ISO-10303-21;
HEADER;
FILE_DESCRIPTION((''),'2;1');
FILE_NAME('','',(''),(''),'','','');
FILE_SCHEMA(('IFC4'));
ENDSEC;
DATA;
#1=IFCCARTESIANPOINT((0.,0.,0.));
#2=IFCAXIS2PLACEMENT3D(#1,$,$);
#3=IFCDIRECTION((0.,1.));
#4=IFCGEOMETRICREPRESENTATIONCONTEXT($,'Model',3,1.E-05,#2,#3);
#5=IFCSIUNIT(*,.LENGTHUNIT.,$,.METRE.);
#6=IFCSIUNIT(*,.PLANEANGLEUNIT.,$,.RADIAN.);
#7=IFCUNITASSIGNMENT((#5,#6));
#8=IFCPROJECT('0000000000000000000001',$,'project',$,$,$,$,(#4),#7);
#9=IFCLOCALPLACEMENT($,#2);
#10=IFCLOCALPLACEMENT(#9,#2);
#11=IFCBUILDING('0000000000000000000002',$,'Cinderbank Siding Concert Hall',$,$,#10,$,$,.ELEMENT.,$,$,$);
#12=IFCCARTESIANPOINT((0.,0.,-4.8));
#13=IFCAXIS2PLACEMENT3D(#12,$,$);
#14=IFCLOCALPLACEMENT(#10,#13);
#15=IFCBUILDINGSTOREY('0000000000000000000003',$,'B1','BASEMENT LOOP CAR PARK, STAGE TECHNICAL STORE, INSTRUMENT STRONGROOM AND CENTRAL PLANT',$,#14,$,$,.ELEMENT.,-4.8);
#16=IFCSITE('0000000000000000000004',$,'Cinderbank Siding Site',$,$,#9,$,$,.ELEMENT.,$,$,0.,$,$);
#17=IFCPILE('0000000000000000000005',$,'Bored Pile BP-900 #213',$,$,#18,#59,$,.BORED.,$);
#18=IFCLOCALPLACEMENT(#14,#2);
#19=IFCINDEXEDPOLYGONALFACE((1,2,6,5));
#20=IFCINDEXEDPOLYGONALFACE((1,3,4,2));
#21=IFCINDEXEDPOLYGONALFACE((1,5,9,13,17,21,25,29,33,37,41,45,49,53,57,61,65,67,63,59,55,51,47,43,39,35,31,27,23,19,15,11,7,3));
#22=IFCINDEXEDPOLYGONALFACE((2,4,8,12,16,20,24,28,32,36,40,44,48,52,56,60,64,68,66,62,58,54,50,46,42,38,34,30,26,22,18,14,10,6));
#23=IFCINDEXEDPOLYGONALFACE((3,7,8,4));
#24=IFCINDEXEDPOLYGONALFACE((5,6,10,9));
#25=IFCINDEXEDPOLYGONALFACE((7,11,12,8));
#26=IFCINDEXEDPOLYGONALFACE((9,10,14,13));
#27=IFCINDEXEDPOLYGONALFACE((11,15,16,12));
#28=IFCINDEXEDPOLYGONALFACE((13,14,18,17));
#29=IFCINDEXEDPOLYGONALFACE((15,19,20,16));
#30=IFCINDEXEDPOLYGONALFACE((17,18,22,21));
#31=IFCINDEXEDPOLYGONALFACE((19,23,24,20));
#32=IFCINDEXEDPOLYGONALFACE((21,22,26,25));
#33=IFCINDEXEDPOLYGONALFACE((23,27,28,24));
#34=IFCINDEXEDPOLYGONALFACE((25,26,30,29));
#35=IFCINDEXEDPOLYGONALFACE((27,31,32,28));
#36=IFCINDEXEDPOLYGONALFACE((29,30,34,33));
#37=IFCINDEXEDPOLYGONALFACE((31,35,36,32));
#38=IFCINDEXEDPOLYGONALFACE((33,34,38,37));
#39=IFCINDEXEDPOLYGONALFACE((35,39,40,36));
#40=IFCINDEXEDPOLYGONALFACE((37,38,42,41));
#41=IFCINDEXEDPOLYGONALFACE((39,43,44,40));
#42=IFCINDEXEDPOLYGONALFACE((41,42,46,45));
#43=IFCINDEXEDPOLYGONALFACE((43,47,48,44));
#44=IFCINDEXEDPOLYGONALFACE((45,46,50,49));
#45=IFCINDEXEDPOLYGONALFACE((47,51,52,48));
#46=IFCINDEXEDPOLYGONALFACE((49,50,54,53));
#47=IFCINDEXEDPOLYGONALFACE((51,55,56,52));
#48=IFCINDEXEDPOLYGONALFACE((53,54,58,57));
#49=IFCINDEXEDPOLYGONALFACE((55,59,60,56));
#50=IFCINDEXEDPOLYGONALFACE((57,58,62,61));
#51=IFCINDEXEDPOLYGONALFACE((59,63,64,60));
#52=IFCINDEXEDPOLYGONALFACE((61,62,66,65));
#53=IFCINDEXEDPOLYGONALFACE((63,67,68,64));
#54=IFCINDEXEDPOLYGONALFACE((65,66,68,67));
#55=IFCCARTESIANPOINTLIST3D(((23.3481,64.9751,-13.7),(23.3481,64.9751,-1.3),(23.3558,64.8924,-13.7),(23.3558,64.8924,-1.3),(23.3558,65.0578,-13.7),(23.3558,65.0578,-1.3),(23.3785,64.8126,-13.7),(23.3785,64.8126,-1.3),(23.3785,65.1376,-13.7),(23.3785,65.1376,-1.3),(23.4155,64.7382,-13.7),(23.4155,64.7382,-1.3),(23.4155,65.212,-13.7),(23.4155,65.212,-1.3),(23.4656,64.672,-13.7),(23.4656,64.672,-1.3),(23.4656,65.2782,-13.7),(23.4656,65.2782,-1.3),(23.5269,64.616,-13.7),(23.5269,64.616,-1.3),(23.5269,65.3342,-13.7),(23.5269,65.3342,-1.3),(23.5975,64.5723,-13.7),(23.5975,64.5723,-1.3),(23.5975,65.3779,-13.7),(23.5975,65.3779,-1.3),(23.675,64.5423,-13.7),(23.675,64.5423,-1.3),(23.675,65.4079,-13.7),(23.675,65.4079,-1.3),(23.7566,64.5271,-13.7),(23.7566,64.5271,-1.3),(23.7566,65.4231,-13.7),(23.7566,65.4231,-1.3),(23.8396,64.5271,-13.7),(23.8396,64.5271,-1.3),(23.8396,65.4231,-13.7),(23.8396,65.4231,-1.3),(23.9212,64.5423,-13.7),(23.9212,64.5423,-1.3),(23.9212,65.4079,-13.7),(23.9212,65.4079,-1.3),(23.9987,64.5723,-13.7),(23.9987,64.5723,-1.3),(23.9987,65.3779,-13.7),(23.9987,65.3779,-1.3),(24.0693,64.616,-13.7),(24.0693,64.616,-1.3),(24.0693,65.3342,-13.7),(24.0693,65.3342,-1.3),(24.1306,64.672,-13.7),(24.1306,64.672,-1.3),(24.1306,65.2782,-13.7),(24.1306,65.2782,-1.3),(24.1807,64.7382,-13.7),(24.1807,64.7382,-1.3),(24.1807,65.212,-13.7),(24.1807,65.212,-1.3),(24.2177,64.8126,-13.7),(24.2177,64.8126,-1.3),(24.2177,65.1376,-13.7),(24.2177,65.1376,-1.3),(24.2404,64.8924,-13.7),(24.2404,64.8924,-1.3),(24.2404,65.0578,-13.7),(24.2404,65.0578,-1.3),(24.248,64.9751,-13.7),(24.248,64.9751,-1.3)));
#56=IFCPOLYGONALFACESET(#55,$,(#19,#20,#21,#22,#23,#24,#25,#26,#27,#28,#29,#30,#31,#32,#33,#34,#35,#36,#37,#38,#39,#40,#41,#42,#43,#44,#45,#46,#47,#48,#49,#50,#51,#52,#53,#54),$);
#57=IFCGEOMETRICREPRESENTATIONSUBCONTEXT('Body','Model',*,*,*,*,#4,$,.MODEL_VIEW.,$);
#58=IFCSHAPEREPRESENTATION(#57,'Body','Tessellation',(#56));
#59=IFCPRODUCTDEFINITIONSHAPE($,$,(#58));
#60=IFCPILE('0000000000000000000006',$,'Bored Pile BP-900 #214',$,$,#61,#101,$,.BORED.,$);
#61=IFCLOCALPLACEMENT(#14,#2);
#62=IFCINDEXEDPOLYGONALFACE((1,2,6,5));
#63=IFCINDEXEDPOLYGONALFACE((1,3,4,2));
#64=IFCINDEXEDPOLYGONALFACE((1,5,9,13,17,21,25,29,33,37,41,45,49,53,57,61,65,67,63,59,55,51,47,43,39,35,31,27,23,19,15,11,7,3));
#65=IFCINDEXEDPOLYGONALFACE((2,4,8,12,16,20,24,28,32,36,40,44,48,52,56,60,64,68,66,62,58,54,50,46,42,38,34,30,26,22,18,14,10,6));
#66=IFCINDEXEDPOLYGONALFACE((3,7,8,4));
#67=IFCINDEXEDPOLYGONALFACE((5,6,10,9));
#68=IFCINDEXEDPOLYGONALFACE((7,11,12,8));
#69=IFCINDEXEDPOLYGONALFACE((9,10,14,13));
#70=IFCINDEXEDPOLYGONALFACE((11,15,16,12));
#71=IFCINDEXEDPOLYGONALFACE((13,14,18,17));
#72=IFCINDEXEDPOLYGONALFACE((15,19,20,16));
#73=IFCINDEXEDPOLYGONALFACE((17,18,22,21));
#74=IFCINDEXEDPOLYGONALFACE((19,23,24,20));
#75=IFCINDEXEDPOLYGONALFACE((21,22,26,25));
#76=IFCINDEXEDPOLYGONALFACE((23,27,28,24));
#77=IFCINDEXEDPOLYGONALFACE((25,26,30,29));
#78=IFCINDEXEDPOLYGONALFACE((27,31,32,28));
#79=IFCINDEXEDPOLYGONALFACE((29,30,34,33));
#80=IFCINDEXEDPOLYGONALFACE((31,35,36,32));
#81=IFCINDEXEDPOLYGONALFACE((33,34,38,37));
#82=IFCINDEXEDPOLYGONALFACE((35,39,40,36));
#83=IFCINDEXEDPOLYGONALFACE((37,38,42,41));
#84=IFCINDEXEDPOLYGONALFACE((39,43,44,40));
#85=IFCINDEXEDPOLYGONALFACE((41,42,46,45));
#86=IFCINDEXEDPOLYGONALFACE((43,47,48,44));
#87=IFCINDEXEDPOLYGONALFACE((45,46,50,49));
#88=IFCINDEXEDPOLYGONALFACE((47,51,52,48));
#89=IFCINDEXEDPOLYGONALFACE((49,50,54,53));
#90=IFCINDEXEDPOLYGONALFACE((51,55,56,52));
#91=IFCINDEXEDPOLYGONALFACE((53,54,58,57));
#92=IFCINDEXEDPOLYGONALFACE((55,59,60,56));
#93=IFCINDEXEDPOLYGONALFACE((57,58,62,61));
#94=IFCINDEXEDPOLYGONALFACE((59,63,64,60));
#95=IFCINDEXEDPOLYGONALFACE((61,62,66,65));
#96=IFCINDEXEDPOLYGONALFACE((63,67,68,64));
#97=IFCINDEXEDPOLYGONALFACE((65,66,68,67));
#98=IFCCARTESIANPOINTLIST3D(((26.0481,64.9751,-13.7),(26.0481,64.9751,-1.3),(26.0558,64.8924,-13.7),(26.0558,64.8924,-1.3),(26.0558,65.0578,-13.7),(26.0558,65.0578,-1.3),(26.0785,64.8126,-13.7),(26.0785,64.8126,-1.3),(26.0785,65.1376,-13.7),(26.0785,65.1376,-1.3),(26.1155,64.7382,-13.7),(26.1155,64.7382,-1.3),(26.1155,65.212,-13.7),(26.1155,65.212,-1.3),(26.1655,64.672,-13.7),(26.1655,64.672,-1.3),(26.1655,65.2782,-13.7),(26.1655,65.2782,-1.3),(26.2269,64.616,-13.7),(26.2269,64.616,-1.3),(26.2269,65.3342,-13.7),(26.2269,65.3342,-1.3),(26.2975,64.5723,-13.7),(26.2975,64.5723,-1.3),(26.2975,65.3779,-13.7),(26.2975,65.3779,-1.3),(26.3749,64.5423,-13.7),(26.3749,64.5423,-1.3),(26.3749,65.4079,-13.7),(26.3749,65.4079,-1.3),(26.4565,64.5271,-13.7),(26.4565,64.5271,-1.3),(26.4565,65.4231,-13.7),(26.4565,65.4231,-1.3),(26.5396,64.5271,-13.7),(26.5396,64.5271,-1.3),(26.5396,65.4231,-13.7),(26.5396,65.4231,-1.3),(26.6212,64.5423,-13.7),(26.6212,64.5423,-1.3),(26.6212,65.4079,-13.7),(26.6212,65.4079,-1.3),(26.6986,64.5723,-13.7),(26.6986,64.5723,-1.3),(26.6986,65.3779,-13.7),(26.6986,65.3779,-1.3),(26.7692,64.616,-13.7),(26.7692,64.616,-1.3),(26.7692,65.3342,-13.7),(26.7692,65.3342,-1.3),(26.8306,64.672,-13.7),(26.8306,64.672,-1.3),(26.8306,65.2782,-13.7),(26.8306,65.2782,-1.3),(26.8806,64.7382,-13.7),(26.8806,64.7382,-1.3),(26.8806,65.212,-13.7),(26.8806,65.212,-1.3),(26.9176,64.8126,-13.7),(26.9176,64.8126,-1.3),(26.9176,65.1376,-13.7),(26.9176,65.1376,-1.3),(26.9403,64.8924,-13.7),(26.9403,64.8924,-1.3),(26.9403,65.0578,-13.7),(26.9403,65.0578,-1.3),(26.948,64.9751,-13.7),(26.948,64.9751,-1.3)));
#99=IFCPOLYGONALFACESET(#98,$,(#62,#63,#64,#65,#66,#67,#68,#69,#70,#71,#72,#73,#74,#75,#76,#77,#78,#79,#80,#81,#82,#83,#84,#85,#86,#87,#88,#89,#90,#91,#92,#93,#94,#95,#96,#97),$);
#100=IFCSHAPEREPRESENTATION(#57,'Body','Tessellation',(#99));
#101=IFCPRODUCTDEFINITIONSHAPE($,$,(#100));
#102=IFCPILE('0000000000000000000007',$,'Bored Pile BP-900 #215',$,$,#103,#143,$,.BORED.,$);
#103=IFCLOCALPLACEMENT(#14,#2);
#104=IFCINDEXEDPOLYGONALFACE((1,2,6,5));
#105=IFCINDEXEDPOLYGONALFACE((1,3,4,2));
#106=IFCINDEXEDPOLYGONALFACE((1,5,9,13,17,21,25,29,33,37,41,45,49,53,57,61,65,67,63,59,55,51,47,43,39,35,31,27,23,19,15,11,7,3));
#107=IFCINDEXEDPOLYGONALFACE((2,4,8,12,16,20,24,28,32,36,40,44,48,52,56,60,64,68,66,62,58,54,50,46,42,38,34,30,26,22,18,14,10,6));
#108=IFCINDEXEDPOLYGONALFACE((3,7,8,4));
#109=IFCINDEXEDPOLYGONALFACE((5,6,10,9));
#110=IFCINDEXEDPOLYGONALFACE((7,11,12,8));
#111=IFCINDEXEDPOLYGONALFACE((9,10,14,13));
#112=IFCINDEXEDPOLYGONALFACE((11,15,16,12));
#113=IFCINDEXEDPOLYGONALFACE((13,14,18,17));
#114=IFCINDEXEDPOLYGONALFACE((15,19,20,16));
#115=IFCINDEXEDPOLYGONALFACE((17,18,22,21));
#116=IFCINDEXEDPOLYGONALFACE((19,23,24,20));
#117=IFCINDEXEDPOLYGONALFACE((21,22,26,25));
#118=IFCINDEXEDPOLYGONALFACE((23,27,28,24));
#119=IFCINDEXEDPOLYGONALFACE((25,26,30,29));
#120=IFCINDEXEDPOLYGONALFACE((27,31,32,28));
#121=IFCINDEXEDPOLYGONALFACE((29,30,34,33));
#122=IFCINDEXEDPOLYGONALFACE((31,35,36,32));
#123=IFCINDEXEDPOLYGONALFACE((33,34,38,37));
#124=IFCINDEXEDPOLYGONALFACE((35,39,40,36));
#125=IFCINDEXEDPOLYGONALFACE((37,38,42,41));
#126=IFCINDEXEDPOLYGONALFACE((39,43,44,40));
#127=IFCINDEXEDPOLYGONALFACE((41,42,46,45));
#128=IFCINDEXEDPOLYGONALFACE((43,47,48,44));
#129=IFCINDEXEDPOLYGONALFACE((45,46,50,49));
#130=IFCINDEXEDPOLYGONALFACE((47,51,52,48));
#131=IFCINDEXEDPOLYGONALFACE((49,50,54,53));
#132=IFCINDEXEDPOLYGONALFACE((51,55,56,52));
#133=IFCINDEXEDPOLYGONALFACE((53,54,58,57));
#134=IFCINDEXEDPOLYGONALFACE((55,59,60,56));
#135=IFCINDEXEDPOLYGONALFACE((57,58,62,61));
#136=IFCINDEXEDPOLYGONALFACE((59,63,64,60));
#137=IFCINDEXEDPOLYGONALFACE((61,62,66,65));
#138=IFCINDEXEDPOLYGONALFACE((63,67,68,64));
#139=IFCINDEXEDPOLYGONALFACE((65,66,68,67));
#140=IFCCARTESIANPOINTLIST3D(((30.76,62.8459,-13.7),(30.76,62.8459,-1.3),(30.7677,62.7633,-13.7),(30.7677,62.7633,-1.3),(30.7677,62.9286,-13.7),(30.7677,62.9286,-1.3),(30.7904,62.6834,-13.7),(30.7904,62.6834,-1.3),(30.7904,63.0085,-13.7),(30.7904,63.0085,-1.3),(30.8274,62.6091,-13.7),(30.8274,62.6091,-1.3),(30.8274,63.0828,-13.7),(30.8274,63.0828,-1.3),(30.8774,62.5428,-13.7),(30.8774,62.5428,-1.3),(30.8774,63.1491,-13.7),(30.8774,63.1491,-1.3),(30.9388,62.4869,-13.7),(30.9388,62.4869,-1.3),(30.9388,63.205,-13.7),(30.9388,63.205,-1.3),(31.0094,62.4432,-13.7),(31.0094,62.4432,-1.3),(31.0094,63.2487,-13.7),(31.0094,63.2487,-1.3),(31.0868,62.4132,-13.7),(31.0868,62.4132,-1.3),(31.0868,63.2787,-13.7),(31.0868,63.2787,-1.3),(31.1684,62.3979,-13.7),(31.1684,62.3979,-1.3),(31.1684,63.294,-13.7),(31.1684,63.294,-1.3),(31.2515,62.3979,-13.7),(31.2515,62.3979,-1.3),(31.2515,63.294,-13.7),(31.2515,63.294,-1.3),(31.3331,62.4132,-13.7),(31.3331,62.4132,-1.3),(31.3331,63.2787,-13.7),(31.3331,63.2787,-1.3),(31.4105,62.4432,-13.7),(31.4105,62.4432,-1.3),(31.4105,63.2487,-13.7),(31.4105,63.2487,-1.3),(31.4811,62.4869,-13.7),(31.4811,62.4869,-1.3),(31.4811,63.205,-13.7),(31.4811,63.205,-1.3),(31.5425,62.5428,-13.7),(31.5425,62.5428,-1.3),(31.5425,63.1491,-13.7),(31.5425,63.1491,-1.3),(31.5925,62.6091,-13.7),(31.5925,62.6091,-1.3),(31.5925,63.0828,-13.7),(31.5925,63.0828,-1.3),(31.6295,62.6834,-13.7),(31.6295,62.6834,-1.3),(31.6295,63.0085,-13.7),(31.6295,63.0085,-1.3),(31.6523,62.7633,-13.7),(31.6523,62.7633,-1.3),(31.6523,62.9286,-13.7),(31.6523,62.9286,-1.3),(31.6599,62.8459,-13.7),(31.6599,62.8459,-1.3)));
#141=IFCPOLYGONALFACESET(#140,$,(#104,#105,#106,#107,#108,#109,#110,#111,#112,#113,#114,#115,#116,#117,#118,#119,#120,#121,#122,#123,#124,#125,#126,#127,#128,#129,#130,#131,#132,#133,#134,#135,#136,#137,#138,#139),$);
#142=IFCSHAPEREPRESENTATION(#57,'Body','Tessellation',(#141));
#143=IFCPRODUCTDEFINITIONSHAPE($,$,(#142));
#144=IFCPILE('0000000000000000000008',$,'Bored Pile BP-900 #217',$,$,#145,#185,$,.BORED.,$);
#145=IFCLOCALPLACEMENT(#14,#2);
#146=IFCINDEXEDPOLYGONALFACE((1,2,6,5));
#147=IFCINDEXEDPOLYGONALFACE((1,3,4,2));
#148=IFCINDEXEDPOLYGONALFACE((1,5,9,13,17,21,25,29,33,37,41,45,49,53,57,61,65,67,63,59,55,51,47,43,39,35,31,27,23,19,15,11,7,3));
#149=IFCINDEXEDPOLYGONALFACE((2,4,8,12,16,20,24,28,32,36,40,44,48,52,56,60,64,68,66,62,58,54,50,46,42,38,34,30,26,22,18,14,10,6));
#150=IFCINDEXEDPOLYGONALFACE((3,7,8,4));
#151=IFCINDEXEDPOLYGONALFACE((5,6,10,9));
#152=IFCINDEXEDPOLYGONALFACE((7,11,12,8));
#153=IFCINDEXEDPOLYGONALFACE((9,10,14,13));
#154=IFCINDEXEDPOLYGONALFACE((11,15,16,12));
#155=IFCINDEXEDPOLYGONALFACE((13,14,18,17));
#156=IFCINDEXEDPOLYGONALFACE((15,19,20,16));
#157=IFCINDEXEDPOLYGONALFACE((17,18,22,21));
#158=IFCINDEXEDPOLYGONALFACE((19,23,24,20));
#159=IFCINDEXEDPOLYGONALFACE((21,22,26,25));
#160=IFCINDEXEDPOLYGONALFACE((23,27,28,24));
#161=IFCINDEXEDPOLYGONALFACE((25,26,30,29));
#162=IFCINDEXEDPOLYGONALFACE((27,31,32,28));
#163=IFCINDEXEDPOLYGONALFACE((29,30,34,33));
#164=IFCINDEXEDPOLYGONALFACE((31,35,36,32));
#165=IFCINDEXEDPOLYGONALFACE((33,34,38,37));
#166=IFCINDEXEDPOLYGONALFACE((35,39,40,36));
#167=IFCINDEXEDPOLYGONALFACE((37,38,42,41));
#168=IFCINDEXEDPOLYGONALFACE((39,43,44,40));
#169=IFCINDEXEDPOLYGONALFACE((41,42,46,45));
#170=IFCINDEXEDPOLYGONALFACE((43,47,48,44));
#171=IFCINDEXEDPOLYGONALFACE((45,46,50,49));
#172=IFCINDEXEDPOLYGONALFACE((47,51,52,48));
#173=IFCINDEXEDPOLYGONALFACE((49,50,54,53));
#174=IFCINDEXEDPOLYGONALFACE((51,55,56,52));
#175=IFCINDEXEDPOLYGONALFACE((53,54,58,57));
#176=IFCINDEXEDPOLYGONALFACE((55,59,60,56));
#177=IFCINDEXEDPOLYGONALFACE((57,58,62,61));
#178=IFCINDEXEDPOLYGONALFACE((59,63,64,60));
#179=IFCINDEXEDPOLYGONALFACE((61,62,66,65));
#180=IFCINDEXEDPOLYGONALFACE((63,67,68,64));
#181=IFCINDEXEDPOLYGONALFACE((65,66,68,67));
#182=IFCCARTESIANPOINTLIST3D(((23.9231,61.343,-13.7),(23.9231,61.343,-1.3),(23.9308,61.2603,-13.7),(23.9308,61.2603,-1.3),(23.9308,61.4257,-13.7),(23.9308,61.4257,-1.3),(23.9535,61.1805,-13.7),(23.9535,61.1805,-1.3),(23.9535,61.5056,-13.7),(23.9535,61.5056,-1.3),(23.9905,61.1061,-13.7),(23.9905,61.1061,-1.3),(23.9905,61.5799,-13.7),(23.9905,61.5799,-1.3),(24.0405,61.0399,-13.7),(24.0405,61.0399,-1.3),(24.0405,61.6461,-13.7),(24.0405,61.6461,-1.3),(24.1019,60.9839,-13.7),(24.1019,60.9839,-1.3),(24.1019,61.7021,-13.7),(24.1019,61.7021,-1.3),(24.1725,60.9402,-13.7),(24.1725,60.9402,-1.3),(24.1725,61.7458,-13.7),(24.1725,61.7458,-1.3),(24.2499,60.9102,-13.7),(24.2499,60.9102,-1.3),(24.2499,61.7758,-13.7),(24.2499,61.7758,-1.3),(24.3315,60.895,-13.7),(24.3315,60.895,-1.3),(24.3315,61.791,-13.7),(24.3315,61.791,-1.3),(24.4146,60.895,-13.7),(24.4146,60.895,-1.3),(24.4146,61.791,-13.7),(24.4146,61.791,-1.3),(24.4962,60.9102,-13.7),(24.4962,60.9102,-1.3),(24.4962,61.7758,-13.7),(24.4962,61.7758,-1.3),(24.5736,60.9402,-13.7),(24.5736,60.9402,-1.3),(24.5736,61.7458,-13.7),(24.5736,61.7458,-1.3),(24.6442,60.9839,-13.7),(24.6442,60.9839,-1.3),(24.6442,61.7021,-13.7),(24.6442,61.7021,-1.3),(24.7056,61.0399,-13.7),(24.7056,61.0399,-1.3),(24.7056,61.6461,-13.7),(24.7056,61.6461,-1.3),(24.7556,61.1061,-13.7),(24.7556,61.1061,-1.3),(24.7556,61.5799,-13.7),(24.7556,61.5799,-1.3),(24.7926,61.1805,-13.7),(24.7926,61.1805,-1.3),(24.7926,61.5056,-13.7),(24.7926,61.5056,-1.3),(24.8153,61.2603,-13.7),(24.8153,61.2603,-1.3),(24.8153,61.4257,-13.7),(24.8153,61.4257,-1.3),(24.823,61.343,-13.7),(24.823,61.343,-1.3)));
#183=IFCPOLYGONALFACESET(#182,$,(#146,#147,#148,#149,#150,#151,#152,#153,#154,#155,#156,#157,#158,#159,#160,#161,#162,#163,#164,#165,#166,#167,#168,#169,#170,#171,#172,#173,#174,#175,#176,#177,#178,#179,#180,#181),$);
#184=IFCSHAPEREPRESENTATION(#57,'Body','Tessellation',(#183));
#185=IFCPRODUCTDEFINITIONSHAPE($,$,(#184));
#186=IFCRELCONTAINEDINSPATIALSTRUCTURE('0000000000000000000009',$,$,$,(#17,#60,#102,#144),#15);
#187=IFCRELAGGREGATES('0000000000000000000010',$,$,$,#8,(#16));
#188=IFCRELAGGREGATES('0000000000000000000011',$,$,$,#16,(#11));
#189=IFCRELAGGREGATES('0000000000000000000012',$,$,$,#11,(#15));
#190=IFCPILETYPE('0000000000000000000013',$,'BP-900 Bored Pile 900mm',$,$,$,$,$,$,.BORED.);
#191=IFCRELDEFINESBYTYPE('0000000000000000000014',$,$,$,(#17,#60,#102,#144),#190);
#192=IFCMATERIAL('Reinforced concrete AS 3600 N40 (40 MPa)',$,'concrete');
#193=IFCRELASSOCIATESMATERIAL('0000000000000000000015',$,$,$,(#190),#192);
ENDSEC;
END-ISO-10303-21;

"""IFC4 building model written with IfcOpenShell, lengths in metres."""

from ifc_helpers import new_model, si_unit, direction, frame, origin, origin_2d, place, context, subcontext, project, spatial, circle, extrude, material, material_profile, profile_set, type_object, element, save


model = new_model("IFC4")

# Units and contexts
model_context = context("Model", 3, precision=1e-05, world=origin(), true_north=direction((0.0, 1.0)))
body_context = subcontext(model_context, "Body", "Model", "MODEL_VIEW")
ifc_project = project(units=[si_unit("LENGTHUNIT", "METRE"), si_unit("PLANEANGLEUNIT", "RADIAN")], contexts=[model_context])

# Site, building, storey
site_placement = place(None, origin())
site = spatial("IfcSite", under=ifc_project, at=site_placement, Name="Cinderbank Siding Site", CompositionType="ELEMENT", RefElevation=0.0)
building_placement = place(site_placement, origin())
building = spatial("IfcBuilding", under=site, at=building_placement, Name="Cinderbank Siding Concert Hall", CompositionType="ELEMENT")
storey_placement = place(building_placement, frame((0.0, 0.0, -4.8)))
storey = spatial("IfcBuildingStorey", under=building, at=storey_placement, Name="B1", Description="BASEMENT LOOP CAR PARK, STAGE TECHNICAL STORE, INSTRUMENT STRONGROOM AND CENTRAL PLANT", CompositionType="ELEMENT", Elevation=-4.8)

# Piles
ifc_material_1 = material(Name="Reinforced concrete AS 3600 N40 (40 MPa)", Category="concrete")
ifc_material_profile_1 = material_profile(ifc_material_1, circle(Radius=0.45, at=origin_2d()), Name="PILE-900DIA", Category="LoadBearing")
ifc_profile_set_1 = profile_set([ifc_material_profile_1], Name="Reinforced concrete AS 3600 N40 (40 MPa)")
pile_type_1 = type_object("IfcPileType", Name="BP-900 Bored Pile 900mm", PredefinedType="BORED", material=ifc_profile_set_1)
for number, where, z_axis, x_axis, name in (
    (1, (23.7981, 64.9751, -1.3), (0.0, 0.0, -1.0), (1.0, 0.0, 0.0), "Bored Pile BP-900 #213"),
    (2, (26.498, 64.9751, -1.3), (0.0, 0.0, -1.0), (1.0, 0.0, 0.0), "Bored Pile BP-900 #214"),
    (3, (31.21, 62.8459, -1.3), (0.0, 0.0, -1.0), (1.0, 0.0, 0.0), "Bored Pile BP-900 #215"),
    (4, (24.373, 61.343, -1.3), (0.0, 0.0, -1.0), (1.0, 0.0, 0.0), "Bored Pile BP-900 #217"),
):
    element("IfcPile", number, at=place(storey_placement, frame(where, z_axis=z_axis, x_axis=x_axis)), inside=storey, type_object=pile_type_1, Name=name, PredefinedType="BORED", context=body_context, shape_type="SweptSolid", body=[
        extrude(circle(Radius=0.45, at=origin_2d()), origin(), (0.0, 0.0, 1.0), 12.3999),
    ])

save(model, "model.ifc")
